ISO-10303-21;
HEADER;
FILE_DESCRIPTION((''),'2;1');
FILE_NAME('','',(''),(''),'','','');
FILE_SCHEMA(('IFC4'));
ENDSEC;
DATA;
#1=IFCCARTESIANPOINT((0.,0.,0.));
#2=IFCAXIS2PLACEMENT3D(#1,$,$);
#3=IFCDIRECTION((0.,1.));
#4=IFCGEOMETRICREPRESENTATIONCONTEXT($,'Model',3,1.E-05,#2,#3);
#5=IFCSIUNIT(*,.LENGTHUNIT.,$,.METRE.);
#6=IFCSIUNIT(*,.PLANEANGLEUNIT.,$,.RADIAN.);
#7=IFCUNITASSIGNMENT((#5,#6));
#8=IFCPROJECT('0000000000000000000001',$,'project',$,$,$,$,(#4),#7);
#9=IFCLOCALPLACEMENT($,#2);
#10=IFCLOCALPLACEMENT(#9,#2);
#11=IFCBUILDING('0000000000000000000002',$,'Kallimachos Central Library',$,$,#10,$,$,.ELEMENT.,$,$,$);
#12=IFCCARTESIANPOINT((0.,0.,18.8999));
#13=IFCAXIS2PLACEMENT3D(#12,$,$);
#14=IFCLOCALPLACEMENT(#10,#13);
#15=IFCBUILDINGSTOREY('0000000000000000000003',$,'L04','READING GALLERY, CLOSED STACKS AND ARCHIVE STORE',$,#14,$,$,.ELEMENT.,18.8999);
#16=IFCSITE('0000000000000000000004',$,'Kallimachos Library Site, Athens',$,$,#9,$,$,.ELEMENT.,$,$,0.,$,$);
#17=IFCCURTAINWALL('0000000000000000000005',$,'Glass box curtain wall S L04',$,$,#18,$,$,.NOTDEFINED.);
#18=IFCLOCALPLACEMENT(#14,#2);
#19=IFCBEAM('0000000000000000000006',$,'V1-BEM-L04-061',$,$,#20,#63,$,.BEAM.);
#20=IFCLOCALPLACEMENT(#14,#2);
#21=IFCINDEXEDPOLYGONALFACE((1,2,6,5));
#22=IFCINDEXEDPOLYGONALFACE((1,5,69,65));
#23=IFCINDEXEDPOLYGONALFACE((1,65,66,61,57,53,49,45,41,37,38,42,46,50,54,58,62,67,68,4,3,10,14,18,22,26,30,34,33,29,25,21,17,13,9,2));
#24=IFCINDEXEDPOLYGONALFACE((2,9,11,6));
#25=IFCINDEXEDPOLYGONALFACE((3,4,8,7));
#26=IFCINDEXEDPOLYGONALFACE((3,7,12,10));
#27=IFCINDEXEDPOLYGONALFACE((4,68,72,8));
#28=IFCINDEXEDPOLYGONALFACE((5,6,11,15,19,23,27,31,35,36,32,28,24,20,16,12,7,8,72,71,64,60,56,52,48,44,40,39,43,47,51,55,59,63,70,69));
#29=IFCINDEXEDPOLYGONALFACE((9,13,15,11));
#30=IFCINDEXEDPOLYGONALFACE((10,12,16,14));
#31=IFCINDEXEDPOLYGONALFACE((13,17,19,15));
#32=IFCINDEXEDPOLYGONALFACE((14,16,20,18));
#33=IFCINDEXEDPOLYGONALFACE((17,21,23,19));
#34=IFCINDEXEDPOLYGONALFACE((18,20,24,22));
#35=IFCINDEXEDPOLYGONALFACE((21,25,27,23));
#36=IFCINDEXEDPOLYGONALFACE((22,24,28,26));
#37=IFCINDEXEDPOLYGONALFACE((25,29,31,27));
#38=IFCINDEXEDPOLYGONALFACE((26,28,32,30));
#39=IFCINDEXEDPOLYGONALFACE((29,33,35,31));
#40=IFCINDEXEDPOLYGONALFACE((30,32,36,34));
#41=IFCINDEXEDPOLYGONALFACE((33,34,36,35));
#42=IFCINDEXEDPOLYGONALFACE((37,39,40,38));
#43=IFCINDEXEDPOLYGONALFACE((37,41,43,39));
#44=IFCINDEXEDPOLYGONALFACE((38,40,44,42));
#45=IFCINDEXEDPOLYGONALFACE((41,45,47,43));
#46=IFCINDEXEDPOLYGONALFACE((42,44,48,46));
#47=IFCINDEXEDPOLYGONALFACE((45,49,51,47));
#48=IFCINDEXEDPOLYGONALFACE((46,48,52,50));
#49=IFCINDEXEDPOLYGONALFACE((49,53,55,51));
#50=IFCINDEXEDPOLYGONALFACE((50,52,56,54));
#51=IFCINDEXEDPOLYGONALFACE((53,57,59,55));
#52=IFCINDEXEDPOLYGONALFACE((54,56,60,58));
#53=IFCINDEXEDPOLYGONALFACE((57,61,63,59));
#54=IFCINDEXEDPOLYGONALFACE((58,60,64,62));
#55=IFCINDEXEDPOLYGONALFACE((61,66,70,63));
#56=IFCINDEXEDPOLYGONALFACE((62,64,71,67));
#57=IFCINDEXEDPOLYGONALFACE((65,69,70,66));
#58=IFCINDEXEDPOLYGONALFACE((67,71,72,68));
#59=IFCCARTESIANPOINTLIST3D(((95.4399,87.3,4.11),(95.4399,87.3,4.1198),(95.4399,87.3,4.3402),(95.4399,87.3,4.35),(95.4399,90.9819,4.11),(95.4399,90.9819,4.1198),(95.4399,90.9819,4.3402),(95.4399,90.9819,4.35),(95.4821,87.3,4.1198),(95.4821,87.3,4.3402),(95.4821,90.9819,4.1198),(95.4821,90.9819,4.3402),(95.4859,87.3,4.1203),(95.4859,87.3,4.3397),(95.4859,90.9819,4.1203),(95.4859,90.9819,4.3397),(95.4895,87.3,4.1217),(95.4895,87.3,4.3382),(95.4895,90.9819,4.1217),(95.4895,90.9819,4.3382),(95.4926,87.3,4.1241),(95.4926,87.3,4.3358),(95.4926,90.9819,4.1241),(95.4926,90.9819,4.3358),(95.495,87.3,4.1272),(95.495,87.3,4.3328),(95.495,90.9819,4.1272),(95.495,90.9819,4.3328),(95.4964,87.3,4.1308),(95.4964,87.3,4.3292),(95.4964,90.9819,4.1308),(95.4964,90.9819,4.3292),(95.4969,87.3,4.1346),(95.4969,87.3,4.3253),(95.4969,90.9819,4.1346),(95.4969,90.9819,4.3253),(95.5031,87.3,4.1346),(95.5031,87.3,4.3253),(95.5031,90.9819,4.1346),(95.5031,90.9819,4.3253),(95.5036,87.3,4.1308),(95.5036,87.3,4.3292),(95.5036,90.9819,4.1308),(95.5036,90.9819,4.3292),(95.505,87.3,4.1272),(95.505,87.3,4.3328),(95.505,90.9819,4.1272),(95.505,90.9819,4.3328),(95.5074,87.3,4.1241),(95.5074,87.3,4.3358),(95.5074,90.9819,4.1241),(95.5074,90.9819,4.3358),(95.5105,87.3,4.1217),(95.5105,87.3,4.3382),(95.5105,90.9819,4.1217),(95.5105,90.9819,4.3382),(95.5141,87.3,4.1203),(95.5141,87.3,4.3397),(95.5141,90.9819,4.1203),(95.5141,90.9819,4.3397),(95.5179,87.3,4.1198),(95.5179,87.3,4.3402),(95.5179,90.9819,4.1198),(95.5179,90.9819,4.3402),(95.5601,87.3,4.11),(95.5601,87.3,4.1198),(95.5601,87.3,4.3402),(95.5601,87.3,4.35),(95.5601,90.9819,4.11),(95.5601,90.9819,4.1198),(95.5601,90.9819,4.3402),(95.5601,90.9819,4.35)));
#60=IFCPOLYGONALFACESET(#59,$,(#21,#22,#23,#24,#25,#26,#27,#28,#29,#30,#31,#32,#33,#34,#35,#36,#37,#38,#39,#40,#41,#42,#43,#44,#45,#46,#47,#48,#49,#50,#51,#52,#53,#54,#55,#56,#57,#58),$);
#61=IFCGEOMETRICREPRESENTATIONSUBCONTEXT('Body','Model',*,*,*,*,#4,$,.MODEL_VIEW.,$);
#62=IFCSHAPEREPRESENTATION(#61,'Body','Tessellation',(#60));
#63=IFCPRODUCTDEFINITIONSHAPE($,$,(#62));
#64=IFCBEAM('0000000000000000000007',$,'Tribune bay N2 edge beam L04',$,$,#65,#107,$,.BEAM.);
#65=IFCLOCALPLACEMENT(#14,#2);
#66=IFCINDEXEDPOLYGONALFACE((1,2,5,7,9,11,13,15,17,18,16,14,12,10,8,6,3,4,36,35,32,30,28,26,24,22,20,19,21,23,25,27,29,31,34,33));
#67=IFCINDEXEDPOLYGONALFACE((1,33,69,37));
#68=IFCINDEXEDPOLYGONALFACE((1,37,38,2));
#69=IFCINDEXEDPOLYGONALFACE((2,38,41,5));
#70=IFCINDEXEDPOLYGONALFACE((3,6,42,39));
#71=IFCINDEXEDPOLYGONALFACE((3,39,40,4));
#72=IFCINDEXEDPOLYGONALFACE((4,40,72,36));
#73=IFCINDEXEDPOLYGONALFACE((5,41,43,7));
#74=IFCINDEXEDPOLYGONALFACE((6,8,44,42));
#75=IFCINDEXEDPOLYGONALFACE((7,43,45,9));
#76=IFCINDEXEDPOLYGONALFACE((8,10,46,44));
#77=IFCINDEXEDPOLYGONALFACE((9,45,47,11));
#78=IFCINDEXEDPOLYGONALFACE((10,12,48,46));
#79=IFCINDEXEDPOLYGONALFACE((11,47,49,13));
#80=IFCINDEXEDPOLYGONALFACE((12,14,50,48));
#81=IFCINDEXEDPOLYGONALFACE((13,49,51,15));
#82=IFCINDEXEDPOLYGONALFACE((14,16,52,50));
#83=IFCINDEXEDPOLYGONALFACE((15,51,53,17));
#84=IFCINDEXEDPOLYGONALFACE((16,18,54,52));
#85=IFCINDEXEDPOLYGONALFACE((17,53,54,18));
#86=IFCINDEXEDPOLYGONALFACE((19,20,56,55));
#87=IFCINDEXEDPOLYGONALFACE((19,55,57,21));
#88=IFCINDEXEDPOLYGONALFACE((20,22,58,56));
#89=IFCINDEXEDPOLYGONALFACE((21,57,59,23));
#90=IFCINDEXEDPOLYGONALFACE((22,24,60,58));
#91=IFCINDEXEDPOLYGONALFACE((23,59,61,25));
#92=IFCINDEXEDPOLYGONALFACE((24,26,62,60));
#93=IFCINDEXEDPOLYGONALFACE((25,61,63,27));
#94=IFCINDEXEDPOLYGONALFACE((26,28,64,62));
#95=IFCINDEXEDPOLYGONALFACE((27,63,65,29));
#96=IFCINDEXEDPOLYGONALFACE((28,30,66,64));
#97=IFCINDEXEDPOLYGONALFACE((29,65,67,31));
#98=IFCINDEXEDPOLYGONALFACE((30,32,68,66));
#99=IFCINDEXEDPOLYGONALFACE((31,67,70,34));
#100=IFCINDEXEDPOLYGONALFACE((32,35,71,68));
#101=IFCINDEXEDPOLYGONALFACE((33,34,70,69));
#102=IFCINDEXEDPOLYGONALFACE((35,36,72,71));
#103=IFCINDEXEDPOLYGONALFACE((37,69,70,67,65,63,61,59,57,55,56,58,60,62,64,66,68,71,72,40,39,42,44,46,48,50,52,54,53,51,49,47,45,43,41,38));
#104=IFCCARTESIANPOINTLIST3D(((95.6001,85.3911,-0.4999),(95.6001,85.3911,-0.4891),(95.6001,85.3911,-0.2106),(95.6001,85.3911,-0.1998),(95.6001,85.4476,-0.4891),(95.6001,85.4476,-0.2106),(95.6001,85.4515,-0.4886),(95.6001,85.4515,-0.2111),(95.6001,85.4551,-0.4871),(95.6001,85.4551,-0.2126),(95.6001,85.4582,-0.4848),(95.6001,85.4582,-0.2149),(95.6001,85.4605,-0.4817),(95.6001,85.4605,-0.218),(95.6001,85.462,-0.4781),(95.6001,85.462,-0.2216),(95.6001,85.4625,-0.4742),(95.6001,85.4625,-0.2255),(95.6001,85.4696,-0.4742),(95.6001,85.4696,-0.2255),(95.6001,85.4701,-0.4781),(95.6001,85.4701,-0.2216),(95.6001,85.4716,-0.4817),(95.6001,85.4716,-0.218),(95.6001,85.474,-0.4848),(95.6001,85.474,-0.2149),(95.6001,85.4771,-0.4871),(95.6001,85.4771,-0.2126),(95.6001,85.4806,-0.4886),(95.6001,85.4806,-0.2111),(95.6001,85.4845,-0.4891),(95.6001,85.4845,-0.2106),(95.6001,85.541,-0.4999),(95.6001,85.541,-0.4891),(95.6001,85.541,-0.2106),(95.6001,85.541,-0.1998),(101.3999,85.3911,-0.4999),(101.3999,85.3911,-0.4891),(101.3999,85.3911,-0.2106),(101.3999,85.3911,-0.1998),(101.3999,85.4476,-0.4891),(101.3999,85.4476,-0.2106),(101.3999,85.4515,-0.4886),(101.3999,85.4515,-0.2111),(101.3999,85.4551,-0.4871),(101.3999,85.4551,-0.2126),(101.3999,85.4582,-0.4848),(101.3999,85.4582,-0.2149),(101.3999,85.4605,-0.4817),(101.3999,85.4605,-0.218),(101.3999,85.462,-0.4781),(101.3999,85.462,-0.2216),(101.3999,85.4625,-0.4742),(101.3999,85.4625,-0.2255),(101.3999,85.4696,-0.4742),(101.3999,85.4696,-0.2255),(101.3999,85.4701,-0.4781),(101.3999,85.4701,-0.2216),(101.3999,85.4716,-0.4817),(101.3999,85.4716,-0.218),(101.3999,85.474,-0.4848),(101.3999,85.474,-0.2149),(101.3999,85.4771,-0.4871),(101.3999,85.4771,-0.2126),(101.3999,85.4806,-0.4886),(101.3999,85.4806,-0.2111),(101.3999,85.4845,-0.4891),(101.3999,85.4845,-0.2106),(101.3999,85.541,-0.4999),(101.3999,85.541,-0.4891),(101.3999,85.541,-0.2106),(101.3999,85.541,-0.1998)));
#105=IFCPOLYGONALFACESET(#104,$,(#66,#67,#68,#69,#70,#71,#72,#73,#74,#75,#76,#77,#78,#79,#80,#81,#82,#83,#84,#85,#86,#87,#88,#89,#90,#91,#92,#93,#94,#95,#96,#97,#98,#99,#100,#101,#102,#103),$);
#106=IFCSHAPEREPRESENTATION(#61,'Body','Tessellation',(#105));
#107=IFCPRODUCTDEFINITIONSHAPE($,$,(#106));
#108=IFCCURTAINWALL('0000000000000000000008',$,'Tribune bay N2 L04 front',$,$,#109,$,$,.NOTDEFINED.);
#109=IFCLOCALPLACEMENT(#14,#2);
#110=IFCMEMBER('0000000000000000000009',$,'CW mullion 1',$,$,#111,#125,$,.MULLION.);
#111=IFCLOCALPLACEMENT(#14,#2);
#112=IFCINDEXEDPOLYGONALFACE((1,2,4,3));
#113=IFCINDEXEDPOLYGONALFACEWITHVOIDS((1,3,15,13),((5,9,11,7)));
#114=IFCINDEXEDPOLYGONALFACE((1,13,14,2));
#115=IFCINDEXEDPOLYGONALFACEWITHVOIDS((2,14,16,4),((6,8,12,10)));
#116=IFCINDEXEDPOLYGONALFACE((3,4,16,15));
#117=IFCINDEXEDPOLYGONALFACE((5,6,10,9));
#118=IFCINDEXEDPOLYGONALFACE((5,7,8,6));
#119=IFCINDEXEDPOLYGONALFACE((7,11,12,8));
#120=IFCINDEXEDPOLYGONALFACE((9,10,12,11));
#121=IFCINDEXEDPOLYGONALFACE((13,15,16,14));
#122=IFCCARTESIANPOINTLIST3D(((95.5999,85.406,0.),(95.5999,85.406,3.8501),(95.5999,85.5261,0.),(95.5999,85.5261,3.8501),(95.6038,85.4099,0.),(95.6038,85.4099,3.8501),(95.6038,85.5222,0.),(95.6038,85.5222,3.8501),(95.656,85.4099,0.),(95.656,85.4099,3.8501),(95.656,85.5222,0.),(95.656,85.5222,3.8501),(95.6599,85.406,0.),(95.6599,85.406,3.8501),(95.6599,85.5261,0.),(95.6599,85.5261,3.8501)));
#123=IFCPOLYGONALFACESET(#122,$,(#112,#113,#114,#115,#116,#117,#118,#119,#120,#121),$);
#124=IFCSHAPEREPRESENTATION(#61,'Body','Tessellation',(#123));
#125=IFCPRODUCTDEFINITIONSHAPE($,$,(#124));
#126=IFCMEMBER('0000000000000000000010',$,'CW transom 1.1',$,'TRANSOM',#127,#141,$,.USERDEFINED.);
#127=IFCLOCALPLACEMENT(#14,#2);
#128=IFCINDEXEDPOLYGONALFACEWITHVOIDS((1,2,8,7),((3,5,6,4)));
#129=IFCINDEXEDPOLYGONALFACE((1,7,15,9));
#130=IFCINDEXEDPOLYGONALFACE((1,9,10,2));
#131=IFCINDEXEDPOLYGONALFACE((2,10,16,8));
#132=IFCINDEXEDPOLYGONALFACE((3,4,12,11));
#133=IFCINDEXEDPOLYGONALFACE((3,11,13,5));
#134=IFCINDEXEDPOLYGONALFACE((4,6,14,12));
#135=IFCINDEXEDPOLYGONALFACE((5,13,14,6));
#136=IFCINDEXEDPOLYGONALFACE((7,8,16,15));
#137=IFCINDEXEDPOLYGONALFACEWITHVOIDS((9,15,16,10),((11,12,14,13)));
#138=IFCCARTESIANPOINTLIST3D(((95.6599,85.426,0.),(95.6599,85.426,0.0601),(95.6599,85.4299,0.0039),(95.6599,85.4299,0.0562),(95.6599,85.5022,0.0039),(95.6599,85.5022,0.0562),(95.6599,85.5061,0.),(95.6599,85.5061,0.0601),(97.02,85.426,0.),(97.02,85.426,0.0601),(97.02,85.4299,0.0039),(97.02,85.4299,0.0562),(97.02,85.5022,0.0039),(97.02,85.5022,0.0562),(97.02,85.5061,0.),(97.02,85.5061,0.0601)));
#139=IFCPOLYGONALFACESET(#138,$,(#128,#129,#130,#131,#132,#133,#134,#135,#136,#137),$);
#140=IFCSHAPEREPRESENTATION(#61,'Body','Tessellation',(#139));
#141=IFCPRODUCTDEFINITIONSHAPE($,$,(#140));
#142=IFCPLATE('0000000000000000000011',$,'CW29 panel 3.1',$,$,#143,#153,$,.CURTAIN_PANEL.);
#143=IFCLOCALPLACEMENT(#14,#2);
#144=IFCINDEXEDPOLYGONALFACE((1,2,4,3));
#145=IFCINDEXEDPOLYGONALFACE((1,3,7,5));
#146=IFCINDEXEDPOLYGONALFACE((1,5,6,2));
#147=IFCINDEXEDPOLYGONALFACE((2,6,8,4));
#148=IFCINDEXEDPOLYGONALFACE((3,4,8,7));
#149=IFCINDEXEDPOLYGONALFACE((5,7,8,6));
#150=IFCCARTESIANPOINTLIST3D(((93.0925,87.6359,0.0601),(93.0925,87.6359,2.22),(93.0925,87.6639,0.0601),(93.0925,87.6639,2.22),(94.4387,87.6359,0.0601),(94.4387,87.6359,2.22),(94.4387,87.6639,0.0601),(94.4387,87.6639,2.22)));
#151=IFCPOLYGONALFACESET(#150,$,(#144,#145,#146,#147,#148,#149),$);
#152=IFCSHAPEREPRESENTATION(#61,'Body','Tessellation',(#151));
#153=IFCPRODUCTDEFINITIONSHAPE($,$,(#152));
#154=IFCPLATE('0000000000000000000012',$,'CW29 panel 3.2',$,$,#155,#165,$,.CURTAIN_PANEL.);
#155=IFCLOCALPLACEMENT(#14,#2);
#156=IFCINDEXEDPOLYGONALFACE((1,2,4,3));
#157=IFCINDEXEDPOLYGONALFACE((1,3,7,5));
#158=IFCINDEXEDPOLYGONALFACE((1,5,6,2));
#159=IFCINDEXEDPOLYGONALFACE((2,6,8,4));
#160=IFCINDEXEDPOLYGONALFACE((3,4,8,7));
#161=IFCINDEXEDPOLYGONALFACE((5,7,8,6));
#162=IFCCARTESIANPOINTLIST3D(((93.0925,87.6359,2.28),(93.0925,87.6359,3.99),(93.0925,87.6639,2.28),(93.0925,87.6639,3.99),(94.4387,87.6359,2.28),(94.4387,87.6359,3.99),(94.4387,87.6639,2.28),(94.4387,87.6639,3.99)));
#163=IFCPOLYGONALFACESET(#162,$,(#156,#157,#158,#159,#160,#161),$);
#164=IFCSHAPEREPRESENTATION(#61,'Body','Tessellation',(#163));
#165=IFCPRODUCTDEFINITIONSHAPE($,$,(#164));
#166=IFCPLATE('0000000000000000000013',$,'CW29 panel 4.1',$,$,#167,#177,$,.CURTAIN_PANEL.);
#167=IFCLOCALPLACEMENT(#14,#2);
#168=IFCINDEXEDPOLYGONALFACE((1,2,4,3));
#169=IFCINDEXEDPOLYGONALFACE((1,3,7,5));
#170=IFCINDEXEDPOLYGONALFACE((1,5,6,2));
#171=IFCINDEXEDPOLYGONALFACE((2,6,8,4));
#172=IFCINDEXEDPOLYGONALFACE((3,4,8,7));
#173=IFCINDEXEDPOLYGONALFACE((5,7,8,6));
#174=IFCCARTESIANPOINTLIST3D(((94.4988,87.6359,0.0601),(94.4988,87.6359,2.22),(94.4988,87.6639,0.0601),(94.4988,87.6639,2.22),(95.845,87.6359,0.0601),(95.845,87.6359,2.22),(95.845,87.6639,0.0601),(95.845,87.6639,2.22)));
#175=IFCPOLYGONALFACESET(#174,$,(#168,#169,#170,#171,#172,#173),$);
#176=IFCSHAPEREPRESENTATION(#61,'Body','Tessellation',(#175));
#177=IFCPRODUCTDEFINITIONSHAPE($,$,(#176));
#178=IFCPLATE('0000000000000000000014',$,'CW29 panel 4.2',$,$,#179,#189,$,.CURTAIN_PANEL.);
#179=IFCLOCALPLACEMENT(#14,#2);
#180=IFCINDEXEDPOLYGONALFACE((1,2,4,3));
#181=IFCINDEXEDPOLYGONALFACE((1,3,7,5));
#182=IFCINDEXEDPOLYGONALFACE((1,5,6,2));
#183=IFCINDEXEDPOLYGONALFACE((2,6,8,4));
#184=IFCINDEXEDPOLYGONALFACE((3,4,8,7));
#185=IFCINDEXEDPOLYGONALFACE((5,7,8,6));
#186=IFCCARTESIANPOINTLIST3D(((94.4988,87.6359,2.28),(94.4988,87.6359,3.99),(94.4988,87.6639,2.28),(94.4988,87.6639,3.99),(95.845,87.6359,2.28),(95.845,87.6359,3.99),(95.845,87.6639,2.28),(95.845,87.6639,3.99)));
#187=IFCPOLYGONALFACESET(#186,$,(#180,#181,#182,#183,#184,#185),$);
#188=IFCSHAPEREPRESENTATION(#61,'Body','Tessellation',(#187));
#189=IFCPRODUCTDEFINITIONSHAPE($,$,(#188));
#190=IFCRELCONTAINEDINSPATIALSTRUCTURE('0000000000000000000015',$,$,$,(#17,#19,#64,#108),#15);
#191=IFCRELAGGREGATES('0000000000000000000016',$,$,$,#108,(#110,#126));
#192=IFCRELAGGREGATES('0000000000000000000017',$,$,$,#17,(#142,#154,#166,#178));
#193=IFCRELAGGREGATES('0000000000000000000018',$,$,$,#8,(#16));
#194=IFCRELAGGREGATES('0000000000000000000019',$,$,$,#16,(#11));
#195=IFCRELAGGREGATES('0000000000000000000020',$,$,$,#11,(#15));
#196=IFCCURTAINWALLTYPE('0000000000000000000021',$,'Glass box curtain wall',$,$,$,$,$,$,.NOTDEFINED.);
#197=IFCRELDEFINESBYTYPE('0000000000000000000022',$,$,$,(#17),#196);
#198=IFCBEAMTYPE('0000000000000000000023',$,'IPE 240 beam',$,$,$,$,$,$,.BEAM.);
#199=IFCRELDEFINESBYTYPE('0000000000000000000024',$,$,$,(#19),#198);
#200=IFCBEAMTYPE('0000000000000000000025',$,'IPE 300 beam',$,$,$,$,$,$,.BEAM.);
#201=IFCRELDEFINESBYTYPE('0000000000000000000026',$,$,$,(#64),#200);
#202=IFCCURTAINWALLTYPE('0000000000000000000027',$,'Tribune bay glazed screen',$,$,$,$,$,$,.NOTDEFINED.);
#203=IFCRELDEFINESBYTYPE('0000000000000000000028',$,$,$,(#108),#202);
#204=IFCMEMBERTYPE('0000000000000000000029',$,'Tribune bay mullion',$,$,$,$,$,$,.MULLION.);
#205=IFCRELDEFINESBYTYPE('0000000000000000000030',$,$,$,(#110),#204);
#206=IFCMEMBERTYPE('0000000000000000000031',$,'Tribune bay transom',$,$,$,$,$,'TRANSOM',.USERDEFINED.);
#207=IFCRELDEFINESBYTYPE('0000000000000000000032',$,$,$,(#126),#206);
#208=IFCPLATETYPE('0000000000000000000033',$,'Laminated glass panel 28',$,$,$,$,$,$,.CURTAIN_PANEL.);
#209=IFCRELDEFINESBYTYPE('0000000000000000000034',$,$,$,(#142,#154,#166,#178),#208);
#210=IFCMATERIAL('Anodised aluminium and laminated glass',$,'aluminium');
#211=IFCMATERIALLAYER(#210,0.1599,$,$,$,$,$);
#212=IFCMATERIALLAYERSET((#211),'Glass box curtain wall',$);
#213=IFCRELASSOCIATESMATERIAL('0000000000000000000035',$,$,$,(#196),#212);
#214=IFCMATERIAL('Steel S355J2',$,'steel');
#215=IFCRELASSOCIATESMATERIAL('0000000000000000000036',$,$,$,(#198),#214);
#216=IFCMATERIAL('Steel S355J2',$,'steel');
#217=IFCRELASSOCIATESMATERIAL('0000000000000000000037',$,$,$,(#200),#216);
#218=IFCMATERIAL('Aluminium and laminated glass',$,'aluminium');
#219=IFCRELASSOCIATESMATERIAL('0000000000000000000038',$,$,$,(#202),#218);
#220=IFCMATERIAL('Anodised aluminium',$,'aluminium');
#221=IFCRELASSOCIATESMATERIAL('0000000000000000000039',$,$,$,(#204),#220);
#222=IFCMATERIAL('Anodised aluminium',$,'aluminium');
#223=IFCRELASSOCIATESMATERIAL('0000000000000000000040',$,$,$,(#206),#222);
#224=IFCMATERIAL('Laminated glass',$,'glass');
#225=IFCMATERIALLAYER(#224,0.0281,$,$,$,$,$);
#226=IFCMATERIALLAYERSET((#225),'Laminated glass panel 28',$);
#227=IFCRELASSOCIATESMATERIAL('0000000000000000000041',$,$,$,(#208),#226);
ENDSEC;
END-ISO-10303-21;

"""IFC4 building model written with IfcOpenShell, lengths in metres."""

from ifc_helpers import new_model, si_unit, direction, frame, origin, origin_2d, place, context, subcontext, project, spatial, rectangle, hollow_rectangle, i_section, extrude, material, layer, layer_set, material_profile, profile_set, type_object, element, aggregate, save


model = new_model("IFC4")

# Units and contexts
model_context = context("Model", 3, precision=1e-05, world=origin(), true_north=direction((0.0, 1.0)))
body_context = subcontext(model_context, "Body", "Model", "MODEL_VIEW")
ifc_project = project(units=[si_unit("LENGTHUNIT", "METRE"), si_unit("PLANEANGLEUNIT", "RADIAN")], contexts=[model_context])

# Site, building, storey
site_placement = place(None, origin())
site = spatial("IfcSite", under=ifc_project, at=site_placement, Name="Kallimachos Library Site, Athens", CompositionType="ELEMENT", RefElevation=0.0)
building_placement = place(site_placement, origin())
building = spatial("IfcBuilding", under=site, at=building_placement, Name="Kallimachos Central Library", CompositionType="ELEMENT")
storey_placement = place(building_placement, frame((0.0, 0.0, 18.8999)))
storey = spatial("IfcBuildingStorey", under=building, at=storey_placement, Name="L04", Description="READING GALLERY, CLOSED STACKS AND ARCHIVE STORE", CompositionType="ELEMENT", Elevation=18.8999)

# Curtain wall
ifc_material_1 = material(Name="Anodised aluminium and laminated glass", Category="aluminium")
ifc_layer_1 = layer(ifc_material_1, 0.1599)
ifc_layer_set_1 = layer_set([ifc_layer_1], Name="Glass box curtain wall")
curtain_wall_type_1 = type_object("IfcCurtainWallType", Name="Glass box curtain wall", PredefinedType="NOTDEFINED", material=ifc_layer_set_1)
curtain_wall_1_placement = place(storey_placement, origin())
curtain_wall_1 = element("IfcCurtainWall", 1, at=curtain_wall_1_placement, inside=storey, type_object=curtain_wall_type_1, Name="Glass box curtain wall S L04", PredefinedType="NOTDEFINED")

# Beams
ifc_material_2 = material(Name="Steel S355J2", Category="steel")
ifc_material_profile_1 = material_profile(ifc_material_2, i_section(OverallWidth=0.1201, OverallDepth=0.24, WebThickness=0.0061, FlangeThickness=0.0098, FilletRadius=0.0149, at=origin_2d()), Name="IPE 240")
ifc_profile_set_1 = profile_set([ifc_material_profile_1], Name="Steel S355J2")
beam_type_1 = type_object("IfcBeamType", Name="IPE 240 beam", PredefinedType="BEAM", material=ifc_profile_set_1)
beam_1_placement = place(storey_placement, frame((95.5, 87.3, 4.23), z_axis=(0.0, 1.0, 0.0), x_axis=(-1.0, 0.0, 0.0)))
element("IfcBeam", 2, at=beam_1_placement, inside=storey, type_object=beam_type_1, Name="V1-BEM-L04-061", PredefinedType="BEAM", context=body_context, shape_type="SweptSolid", body=[
    extrude(i_section(OverallWidth=0.1201, OverallDepth=0.24, WebThickness=0.0061, FlangeThickness=0.0098, FilletRadius=0.0149, at=origin_2d()), origin(), (0.0, 0.0, 1.0), 3.6819),
])
ifc_material_3 = material(Name="Steel S355J2", Category="steel")
ifc_material_profile_2 = material_profile(ifc_material_3, i_section(OverallWidth=0.1499, OverallDepth=0.3, WebThickness=0.0071, FlangeThickness=0.0107, FilletRadius=0.0149, at=origin_2d()), Name="IPE 300")
ifc_profile_set_2 = profile_set([ifc_material_profile_2], Name="Steel S355J2")
beam_type_2 = type_object("IfcBeamType", Name="IPE 300 beam", PredefinedType="BEAM", material=ifc_profile_set_2)
beam_2_placement = place(storey_placement, frame((95.6001, 85.4661, -0.3499), z_axis=(1.0, 0.0, 0.0), x_axis=(0.0, 1.0, 0.0)))
element("IfcBeam", 3, at=beam_2_placement, inside=storey, type_object=beam_type_2, Name="Tribune bay N2 edge beam L04", PredefinedType="BEAM", context=body_context, shape_type="SweptSolid", body=[
    extrude(i_section(OverallWidth=0.1499, OverallDepth=0.3, WebThickness=0.0071, FlangeThickness=0.0107, FilletRadius=0.0149, at=origin_2d()), origin(), (0.0, 0.0, 1.0), 5.7998),
])

# Curtain wall, members
ifc_material_4 = material(Name="Aluminium and laminated glass", Category="aluminium")
curtain_wall_type_2 = type_object("IfcCurtainWallType", Name="Tribune bay glazed screen", PredefinedType="NOTDEFINED", material=ifc_material_4)
curtain_wall_2_placement = place(storey_placement, origin())
curtain_wall_2 = element("IfcCurtainWall", 4, at=curtain_wall_2_placement, inside=storey, type_object=curtain_wall_type_2, Name="Tribune bay N2 L04 front", PredefinedType="NOTDEFINED")
ifc_material_5 = material(Name="Anodised aluminium", Category="aluminium")
ifc_material_profile_3 = material_profile(ifc_material_5, hollow_rectangle(XDim=0.0601, YDim=0.1201, WallThickness=0.0039, at=origin_2d()), Name="ALU MULLION 60x120")
ifc_profile_set_3 = profile_set([ifc_material_profile_3], Name="Anodised aluminium")
member_type_1 = type_object("IfcMemberType", Name="Tribune bay mullion", PredefinedType="MULLION", material=ifc_profile_set_3)
member_1_placement = place(storey_placement, frame((95.6299, 85.4661, 0.0), z_axis=(0.0, 0.0, 1.0), x_axis=(1.0, 0.0, 0.0)))
member_1 = element("IfcMember", 5, at=member_1_placement, type_object=member_type_1, Name="CW mullion 1", PredefinedType="MULLION", context=body_context, shape_type="SweptSolid", body=[
    extrude(hollow_rectangle(XDim=0.0601, YDim=0.1201, WallThickness=0.0039, at=origin_2d()), origin(), (0.0, 0.0, 1.0), 3.8501),
])
ifc_material_6 = material(Name="Anodised aluminium", Category="aluminium")
ifc_material_profile_4 = material_profile(ifc_material_6, hollow_rectangle(XDim=0.0601, YDim=0.0801, WallThickness=0.0039, at=origin_2d()), Name="ALU TRANSOM 60x80")
ifc_profile_set_4 = profile_set([ifc_material_profile_4], Name="Anodised aluminium")
member_type_2 = type_object("IfcMemberType", Name="Tribune bay transom", ElementType="TRANSOM", PredefinedType="USERDEFINED", material=ifc_profile_set_4)
member_2_placement = place(storey_placement, frame((95.6599, 85.4661, 0.03), z_axis=(1.0, 0.0, 0.0), x_axis=(0.0, 0.0, 1.0)))
member_2 = element("IfcMember", 6, at=member_2_placement, type_object=member_type_2, Name="CW transom 1.1", ObjectType="TRANSOM", PredefinedType="USERDEFINED", context=body_context, shape_type="SweptSolid", body=[
    extrude(hollow_rectangle(XDim=0.0601, YDim=0.0801, WallThickness=0.0039, at=origin_2d()), origin(), (0.0, 0.0, 1.0), 1.3601),
])
aggregate(curtain_wall_2, [member_1, member_2])

# Plates
ifc_material_7 = material(Name="Laminated glass", Category="glass")
ifc_layer_2 = layer(ifc_material_7, 0.0281)
ifc_layer_set_2 = layer_set([ifc_layer_2], Name="Laminated glass panel 28")
plate_type = type_object("IfcPlateType", Name="Laminated glass panel 28", PredefinedType="CURTAIN_PANEL", material=ifc_layer_set_2)
plate_1_placement = place(storey_placement, frame((93.7656, 87.6499, 0.0601), z_axis=(0.0, 0.0, 1.0), x_axis=(1.0, 0.0, 0.0)))
plate_1 = element("IfcPlate", 7, at=plate_1_placement, type_object=plate_type, Name="CW29 panel 3.1", PredefinedType="CURTAIN_PANEL", context=body_context, shape_type="SweptSolid", body=[
    extrude(rectangle(XDim=1.3462, YDim=0.0281, at=origin_2d()), origin(), (0.0, 0.0, 1.0), 2.1599),
])
plate_2_placement = place(storey_placement, frame((93.7656, 87.6499, 2.28), z_axis=(0.0, 0.0, 1.0), x_axis=(1.0, 0.0, 0.0)))
plate_2 = element("IfcPlate", 8, at=plate_2_placement, type_object=plate_type, Name="CW29 panel 3.2", PredefinedType="CURTAIN_PANEL", context=body_context, shape_type="SweptSolid", body=[
    extrude(rectangle(XDim=1.3462, YDim=0.0281, at=origin_2d()), origin(), (0.0, 0.0, 1.0), 1.71),
])
plate_3_placement = place(storey_placement, frame((95.1719, 87.6499, 0.0601), z_axis=(0.0, 0.0, 1.0), x_axis=(1.0, 0.0, 0.0)))
plate_3 = element("IfcPlate", 9, at=plate_3_placement, type_object=plate_type, Name="CW29 panel 4.1", PredefinedType="CURTAIN_PANEL", context=body_context, shape_type="SweptSolid", body=[
    extrude(rectangle(XDim=1.3462, YDim=0.0281, at=origin_2d()), origin(), (0.0, 0.0, 1.0), 2.1599),
])
plate_4_placement = place(storey_placement, frame((95.1719, 87.6499, 2.28), z_axis=(0.0, 0.0, 1.0), x_axis=(1.0, 0.0, 0.0)))
plate_4 = element("IfcPlate", 10, at=plate_4_placement, type_object=plate_type, Name="CW29 panel 4.2", PredefinedType="CURTAIN_PANEL", context=body_context, shape_type="SweptSolid", body=[
    extrude(rectangle(XDim=1.3462, YDim=0.0281, at=origin_2d()), origin(), (0.0, 0.0, 1.0), 1.71),
])
aggregate(curtain_wall_1, [plate_1, plate_2, plate_3, plate_4])

save(model, "model.ifc")
